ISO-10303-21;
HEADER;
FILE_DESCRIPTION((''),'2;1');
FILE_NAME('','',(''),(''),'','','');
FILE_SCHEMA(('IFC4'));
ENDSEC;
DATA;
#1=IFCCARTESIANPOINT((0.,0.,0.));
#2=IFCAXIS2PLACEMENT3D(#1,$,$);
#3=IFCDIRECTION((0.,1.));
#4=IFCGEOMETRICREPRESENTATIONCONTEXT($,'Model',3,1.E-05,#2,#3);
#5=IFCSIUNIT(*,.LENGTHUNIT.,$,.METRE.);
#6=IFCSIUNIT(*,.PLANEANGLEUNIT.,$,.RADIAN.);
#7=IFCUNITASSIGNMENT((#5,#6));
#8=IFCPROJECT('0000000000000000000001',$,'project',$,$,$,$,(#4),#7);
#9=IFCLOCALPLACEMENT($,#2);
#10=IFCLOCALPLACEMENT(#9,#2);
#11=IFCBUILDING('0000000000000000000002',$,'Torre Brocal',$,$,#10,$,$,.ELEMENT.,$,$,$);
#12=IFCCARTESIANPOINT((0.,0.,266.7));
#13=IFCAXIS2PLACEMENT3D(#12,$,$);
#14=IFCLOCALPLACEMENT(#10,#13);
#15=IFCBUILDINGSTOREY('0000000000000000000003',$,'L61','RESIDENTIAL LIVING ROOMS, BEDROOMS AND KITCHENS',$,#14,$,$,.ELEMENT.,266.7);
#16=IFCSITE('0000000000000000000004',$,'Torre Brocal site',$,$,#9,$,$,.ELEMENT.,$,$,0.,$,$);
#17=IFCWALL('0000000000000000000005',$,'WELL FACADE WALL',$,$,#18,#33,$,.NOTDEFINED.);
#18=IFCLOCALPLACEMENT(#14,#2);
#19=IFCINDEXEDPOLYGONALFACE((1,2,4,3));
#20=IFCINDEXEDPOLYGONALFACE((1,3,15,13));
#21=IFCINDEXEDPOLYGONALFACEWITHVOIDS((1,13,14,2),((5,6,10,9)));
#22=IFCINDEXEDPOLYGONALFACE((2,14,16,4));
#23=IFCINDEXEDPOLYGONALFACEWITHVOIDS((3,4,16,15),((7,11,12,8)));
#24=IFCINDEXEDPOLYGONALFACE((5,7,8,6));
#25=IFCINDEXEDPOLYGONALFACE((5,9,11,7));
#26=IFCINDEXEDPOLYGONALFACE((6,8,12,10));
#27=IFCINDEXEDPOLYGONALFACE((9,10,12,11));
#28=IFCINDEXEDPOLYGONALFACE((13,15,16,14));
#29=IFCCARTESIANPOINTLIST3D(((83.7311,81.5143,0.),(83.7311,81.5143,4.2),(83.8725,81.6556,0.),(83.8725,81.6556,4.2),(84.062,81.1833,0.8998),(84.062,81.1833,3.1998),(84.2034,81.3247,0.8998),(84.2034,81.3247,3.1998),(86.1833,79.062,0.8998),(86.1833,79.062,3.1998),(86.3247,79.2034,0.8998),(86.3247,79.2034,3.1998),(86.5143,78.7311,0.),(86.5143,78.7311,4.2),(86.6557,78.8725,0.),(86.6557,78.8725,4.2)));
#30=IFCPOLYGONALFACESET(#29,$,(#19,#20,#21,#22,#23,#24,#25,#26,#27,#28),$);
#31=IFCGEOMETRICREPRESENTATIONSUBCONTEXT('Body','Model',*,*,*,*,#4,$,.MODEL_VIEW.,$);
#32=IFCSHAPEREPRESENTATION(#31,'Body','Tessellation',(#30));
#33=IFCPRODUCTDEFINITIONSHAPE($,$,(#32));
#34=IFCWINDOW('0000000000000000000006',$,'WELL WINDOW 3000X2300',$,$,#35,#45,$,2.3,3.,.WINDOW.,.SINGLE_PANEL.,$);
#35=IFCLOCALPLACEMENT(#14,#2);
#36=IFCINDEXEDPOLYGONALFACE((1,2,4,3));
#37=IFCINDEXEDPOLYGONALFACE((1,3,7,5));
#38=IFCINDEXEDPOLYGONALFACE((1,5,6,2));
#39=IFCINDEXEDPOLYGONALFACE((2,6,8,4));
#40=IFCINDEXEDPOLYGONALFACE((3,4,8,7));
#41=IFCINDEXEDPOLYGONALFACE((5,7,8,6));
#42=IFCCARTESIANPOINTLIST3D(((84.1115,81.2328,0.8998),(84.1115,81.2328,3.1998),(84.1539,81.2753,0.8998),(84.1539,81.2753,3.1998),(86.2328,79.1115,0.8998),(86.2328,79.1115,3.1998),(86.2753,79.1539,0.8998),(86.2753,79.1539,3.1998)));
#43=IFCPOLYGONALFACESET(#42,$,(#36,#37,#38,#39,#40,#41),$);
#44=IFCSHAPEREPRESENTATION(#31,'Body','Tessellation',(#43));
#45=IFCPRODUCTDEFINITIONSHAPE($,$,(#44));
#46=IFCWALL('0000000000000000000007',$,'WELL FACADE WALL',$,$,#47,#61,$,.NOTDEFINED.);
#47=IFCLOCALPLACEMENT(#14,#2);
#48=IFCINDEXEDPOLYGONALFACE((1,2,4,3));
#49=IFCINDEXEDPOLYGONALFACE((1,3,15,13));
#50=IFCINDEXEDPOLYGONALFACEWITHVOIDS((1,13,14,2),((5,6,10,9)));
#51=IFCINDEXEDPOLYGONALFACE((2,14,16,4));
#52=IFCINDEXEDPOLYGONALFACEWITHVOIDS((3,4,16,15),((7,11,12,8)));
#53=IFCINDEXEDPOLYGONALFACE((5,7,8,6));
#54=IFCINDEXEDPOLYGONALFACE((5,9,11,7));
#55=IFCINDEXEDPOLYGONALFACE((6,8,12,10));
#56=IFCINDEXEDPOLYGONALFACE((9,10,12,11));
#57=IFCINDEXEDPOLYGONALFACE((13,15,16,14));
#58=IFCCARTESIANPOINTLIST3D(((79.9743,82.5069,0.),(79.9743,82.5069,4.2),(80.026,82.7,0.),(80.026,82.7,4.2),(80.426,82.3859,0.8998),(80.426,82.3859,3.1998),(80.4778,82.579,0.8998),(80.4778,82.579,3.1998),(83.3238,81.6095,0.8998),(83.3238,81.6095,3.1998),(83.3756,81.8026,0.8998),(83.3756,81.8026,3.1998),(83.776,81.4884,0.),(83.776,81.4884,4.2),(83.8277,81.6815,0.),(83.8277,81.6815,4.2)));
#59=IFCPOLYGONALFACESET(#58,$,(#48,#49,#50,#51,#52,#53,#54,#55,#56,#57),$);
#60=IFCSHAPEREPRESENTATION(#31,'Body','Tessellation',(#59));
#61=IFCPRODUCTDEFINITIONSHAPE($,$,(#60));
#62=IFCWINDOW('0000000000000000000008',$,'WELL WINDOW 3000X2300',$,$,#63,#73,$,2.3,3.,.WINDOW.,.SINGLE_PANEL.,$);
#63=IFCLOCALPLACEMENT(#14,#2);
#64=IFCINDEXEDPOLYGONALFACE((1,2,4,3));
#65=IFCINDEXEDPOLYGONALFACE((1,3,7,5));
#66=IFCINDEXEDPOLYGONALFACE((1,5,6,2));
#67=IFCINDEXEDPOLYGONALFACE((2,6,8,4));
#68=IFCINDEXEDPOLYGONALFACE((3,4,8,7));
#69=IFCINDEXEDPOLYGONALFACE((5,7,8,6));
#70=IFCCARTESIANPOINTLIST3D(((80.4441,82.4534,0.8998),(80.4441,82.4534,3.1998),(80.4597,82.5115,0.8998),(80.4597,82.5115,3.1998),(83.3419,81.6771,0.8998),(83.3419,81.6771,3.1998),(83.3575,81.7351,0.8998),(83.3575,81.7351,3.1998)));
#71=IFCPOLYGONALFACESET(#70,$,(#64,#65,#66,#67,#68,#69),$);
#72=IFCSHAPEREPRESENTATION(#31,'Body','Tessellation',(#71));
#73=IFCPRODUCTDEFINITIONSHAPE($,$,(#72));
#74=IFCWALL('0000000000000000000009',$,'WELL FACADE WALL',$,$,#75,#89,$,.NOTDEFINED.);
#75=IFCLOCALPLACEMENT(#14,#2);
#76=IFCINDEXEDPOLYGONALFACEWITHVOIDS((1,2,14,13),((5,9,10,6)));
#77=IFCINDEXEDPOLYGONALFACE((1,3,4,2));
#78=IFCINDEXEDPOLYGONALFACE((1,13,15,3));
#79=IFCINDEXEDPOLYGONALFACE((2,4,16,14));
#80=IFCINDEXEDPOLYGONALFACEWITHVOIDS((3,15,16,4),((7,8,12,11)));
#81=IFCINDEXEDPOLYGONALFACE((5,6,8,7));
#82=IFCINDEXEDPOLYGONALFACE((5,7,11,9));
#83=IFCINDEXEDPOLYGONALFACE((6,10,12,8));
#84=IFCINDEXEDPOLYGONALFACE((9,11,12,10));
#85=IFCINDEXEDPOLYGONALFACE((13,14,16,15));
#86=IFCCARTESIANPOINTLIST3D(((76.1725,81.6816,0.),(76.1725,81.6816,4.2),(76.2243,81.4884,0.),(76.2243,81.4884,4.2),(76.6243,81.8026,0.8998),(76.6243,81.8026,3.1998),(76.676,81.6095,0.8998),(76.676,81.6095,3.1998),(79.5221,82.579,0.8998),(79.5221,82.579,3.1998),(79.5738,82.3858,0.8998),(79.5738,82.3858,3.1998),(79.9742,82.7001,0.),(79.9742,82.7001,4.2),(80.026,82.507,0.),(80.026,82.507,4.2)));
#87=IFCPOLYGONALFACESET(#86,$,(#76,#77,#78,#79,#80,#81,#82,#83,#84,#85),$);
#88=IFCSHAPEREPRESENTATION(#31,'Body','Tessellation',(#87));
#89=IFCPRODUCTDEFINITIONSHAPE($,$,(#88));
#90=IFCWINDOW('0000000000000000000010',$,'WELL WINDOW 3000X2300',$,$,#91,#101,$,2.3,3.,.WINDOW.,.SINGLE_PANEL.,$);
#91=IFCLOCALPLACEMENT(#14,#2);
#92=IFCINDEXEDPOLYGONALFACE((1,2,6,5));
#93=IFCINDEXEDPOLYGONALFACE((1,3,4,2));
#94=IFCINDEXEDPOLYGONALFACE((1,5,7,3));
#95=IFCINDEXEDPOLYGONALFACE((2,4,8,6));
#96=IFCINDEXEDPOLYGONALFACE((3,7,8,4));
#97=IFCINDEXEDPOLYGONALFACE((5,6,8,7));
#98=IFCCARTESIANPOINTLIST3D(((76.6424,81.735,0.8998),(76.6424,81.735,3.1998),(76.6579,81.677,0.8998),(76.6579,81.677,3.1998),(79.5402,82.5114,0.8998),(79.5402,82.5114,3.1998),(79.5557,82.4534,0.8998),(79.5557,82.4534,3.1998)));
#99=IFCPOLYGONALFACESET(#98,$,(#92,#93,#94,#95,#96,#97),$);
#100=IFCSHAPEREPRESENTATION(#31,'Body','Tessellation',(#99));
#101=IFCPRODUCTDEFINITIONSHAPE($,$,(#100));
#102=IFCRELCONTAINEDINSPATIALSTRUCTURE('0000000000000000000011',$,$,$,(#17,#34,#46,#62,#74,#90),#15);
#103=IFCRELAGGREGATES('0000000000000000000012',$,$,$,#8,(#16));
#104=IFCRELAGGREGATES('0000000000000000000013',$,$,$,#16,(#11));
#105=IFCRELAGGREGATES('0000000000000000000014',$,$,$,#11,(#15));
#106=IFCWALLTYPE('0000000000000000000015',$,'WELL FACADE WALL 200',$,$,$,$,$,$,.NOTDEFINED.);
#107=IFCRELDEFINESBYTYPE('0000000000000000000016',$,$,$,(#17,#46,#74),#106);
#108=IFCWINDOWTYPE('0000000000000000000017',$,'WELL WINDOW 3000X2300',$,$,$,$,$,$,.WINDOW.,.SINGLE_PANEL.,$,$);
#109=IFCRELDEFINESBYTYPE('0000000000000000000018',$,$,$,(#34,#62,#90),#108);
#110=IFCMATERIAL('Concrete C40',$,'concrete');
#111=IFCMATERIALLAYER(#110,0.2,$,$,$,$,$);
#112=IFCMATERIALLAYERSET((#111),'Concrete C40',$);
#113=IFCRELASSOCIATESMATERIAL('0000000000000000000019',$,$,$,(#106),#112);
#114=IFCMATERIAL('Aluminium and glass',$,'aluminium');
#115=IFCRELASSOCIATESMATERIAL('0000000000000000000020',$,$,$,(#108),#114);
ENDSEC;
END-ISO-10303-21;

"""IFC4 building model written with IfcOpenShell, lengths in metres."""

from ifc_helpers import new_model, si_unit, direction, frame, frame_2d, origin, place, context, subcontext, project, spatial, rectangle, extrude, material, layer, layer_set, type_object, element, fill, save


model = new_model("IFC4")

# Units and contexts
model_context = context("Model", 3, precision=1e-05, world=origin(), true_north=direction((0.0, 1.0)))
body_context = subcontext(model_context, "Body", "Model", "MODEL_VIEW")
ifc_project = project(units=[si_unit("LENGTHUNIT", "METRE"), si_unit("PLANEANGLEUNIT", "RADIAN")], contexts=[model_context])

# Site, building, storey
site_placement = place(None, origin())
site = spatial("IfcSite", under=ifc_project, at=site_placement, Name="Torre Brocal site", CompositionType="ELEMENT", RefElevation=0.0)
building_placement = place(site_placement, origin())
building = spatial("IfcBuilding", under=site, at=building_placement, Name="Torre Brocal", CompositionType="ELEMENT")
storey_placement = place(building_placement, frame((0.0, 0.0, 266.7)))
storey = spatial("IfcBuildingStorey", under=building, at=storey_placement, Name="L61", Description="RESIDENTIAL LIVING ROOMS, BEDROOMS AND KITCHENS", CompositionType="ELEMENT", Elevation=266.7)

# Walls, openings, windows
ifc_material_1 = material(Name="Concrete C40", Category="concrete")
ifc_layer_1 = layer(ifc_material_1, 0.2)
ifc_layer_set_1 = layer_set([ifc_layer_1], Name="Concrete C40")
wall_type_1 = type_object("IfcWallType", Name="WELL FACADE WALL 200", PredefinedType="NOTDEFINED", material=ifc_layer_set_1)
wall_1_placement = place(storey_placement, frame((86.585, 78.8018, 0.0), z_axis=(0.0, 0.0, 1.0), x_axis=(-0.707107, 0.707107, 0.0)))
wall_1 = element("IfcWall", 1, at=wall_1_placement, inside=storey, type_object=wall_type_1, Name="WELL FACADE WALL", PredefinedType="NOTDEFINED", context=body_context, shape_type="SweptSolid", body=[
    extrude(rectangle(XDim=3.936, YDim=0.2, at=frame_2d((1.968, 0.0))), origin(), (0.0, 0.0, 1.0), 4.2),
])
opening_1_placement = place(wall_1_placement, frame((0.468, 0.0, 0.8999)))
opening_1 = element("IfcOpeningElement", 2, at=opening_1_placement, cuts=wall_1, PredefinedType="OPENING", context=body_context, shape_type="SweptSolid", body=[
    extrude(rectangle(XDim=3.0, YDim=2.3, at=frame_2d((1.5, 1.1499))), frame((0.0, 0.1099, 0.0), z_axis=(0.0, -1.0, 0.0), x_axis=(1.0, 0.0, 0.0)), (0.0, 0.0, 1.0), 0.22),
])
ifc_material_2 = material(Name="Aluminium and glass", Category="aluminium")
window_type = type_object("IfcWindowType", Name="WELL WINDOW 3000X2300", PartitioningType="SINGLE_PANEL", PredefinedType="WINDOW", material=ifc_material_2)
window_1_placement = place(opening_1_placement, origin())
window_1 = element("IfcWindow", 3, at=window_1_placement, inside=storey, type_object=window_type, Name="WELL WINDOW 3000X2300", OverallHeight=2.3, OverallWidth=3.0, PartitioningType="SINGLE_PANEL", PredefinedType="WINDOW", context=body_context, shape_type="SweptSolid", body=[
    extrude(rectangle(XDim=3.0, YDim=2.3, at=frame_2d((1.5, 1.1499))), frame((0.0, 0.03, 0.0), z_axis=(0.0, -1.0, 0.0), x_axis=(1.0, 0.0, 0.0)), (0.0, 0.0, 1.0), 0.0601),
])
fill(opening_1, window_1)
wall_2_placement = place(storey_placement, frame((83.8018, 81.585, 0.0), z_axis=(0.0, 0.0, 1.0), x_axis=(-0.965934, 0.25879, 0.0)))
wall_2 = element("IfcWall", 4, at=wall_2_placement, inside=storey, type_object=wall_type_1, Name="WELL FACADE WALL", PredefinedType="NOTDEFINED", context=body_context, shape_type="SweptSolid", body=[
    extrude(rectangle(XDim=3.9358, YDim=0.2, at=frame_2d((1.9678, 0.0))), origin(), (0.0, 0.0, 1.0), 4.2),
])
opening_2_placement = place(wall_2_placement, frame((0.468, 0.0, 0.8999)))
opening_2 = element("IfcOpeningElement", 5, at=opening_2_placement, cuts=wall_2, PredefinedType="OPENING", context=body_context, shape_type="SweptSolid", body=[
    extrude(rectangle(XDim=3.0, YDim=2.3, at=frame_2d((1.5, 1.1499))), frame((0.0, 0.1099, 0.0), z_axis=(0.0, -1.0, 0.0), x_axis=(1.0, 0.0, 0.0)), (0.0, 0.0, 1.0), 0.22),
])
window_2_placement = place(opening_2_placement, origin())
window_2 = element("IfcWindow", 6, at=window_2_placement, inside=storey, type_object=window_type, Name="WELL WINDOW 3000X2300", OverallHeight=2.3, OverallWidth=3.0, PartitioningType="SINGLE_PANEL", PredefinedType="WINDOW", context=body_context, shape_type="SweptSolid", body=[
    extrude(rectangle(XDim=3.0, YDim=2.3, at=frame_2d((1.5, 1.1499))), frame((0.0, 0.03, 0.0), z_axis=(0.0, -1.0, 0.0), x_axis=(1.0, 0.0, 0.0)), (0.0, 0.0, 1.0), 0.0601),
])
fill(opening_2, window_2)
wall_3_placement = place(storey_placement, frame((80.0, 82.6035, 0.0), z_axis=(0.0, 0.0, 1.0), x_axis=(-0.965934, -0.25879, 0.0)))
wall_3 = element("IfcWall", 7, at=wall_3_placement, inside=storey, type_object=wall_type_1, Name="WELL FACADE WALL", PredefinedType="NOTDEFINED", context=body_context, shape_type="SweptSolid", body=[
    extrude(rectangle(XDim=3.9358, YDim=0.2, at=frame_2d((1.9678, 0.0))), origin(), (0.0, 0.0, 1.0), 4.2),
])
opening_3_placement = place(wall_3_placement, frame((0.468, 0.0, 0.8999)))
opening_3 = element("IfcOpeningElement", 8, at=opening_3_placement, cuts=wall_3, PredefinedType="OPENING", context=body_context, shape_type="SweptSolid", body=[
    extrude(rectangle(XDim=3.0, YDim=2.3, at=frame_2d((1.5, 1.1499))), frame((0.0, 0.1099, 0.0), z_axis=(0.0, -1.0, 0.0), x_axis=(1.0, 0.0, 0.0)), (0.0, 0.0, 1.0), 0.22),
])
window_3_placement = place(opening_3_placement, origin())
window_3 = element("IfcWindow", 9, at=window_3_placement, inside=storey, type_object=window_type, Name="WELL WINDOW 3000X2300", OverallHeight=2.3, OverallWidth=3.0, PartitioningType="SINGLE_PANEL", PredefinedType="WINDOW", context=body_context, shape_type="SweptSolid", body=[
    extrude(rectangle(XDim=3.0, YDim=2.3, at=frame_2d((1.5, 1.1499))), frame((0.0, 0.03, 0.0), z_axis=(0.0, -1.0, 0.0), x_axis=(1.0, 0.0, 0.0)), (0.0, 0.0, 1.0), 0.0601),
])
fill(opening_3, window_3)

save(model, "model.ifc")
